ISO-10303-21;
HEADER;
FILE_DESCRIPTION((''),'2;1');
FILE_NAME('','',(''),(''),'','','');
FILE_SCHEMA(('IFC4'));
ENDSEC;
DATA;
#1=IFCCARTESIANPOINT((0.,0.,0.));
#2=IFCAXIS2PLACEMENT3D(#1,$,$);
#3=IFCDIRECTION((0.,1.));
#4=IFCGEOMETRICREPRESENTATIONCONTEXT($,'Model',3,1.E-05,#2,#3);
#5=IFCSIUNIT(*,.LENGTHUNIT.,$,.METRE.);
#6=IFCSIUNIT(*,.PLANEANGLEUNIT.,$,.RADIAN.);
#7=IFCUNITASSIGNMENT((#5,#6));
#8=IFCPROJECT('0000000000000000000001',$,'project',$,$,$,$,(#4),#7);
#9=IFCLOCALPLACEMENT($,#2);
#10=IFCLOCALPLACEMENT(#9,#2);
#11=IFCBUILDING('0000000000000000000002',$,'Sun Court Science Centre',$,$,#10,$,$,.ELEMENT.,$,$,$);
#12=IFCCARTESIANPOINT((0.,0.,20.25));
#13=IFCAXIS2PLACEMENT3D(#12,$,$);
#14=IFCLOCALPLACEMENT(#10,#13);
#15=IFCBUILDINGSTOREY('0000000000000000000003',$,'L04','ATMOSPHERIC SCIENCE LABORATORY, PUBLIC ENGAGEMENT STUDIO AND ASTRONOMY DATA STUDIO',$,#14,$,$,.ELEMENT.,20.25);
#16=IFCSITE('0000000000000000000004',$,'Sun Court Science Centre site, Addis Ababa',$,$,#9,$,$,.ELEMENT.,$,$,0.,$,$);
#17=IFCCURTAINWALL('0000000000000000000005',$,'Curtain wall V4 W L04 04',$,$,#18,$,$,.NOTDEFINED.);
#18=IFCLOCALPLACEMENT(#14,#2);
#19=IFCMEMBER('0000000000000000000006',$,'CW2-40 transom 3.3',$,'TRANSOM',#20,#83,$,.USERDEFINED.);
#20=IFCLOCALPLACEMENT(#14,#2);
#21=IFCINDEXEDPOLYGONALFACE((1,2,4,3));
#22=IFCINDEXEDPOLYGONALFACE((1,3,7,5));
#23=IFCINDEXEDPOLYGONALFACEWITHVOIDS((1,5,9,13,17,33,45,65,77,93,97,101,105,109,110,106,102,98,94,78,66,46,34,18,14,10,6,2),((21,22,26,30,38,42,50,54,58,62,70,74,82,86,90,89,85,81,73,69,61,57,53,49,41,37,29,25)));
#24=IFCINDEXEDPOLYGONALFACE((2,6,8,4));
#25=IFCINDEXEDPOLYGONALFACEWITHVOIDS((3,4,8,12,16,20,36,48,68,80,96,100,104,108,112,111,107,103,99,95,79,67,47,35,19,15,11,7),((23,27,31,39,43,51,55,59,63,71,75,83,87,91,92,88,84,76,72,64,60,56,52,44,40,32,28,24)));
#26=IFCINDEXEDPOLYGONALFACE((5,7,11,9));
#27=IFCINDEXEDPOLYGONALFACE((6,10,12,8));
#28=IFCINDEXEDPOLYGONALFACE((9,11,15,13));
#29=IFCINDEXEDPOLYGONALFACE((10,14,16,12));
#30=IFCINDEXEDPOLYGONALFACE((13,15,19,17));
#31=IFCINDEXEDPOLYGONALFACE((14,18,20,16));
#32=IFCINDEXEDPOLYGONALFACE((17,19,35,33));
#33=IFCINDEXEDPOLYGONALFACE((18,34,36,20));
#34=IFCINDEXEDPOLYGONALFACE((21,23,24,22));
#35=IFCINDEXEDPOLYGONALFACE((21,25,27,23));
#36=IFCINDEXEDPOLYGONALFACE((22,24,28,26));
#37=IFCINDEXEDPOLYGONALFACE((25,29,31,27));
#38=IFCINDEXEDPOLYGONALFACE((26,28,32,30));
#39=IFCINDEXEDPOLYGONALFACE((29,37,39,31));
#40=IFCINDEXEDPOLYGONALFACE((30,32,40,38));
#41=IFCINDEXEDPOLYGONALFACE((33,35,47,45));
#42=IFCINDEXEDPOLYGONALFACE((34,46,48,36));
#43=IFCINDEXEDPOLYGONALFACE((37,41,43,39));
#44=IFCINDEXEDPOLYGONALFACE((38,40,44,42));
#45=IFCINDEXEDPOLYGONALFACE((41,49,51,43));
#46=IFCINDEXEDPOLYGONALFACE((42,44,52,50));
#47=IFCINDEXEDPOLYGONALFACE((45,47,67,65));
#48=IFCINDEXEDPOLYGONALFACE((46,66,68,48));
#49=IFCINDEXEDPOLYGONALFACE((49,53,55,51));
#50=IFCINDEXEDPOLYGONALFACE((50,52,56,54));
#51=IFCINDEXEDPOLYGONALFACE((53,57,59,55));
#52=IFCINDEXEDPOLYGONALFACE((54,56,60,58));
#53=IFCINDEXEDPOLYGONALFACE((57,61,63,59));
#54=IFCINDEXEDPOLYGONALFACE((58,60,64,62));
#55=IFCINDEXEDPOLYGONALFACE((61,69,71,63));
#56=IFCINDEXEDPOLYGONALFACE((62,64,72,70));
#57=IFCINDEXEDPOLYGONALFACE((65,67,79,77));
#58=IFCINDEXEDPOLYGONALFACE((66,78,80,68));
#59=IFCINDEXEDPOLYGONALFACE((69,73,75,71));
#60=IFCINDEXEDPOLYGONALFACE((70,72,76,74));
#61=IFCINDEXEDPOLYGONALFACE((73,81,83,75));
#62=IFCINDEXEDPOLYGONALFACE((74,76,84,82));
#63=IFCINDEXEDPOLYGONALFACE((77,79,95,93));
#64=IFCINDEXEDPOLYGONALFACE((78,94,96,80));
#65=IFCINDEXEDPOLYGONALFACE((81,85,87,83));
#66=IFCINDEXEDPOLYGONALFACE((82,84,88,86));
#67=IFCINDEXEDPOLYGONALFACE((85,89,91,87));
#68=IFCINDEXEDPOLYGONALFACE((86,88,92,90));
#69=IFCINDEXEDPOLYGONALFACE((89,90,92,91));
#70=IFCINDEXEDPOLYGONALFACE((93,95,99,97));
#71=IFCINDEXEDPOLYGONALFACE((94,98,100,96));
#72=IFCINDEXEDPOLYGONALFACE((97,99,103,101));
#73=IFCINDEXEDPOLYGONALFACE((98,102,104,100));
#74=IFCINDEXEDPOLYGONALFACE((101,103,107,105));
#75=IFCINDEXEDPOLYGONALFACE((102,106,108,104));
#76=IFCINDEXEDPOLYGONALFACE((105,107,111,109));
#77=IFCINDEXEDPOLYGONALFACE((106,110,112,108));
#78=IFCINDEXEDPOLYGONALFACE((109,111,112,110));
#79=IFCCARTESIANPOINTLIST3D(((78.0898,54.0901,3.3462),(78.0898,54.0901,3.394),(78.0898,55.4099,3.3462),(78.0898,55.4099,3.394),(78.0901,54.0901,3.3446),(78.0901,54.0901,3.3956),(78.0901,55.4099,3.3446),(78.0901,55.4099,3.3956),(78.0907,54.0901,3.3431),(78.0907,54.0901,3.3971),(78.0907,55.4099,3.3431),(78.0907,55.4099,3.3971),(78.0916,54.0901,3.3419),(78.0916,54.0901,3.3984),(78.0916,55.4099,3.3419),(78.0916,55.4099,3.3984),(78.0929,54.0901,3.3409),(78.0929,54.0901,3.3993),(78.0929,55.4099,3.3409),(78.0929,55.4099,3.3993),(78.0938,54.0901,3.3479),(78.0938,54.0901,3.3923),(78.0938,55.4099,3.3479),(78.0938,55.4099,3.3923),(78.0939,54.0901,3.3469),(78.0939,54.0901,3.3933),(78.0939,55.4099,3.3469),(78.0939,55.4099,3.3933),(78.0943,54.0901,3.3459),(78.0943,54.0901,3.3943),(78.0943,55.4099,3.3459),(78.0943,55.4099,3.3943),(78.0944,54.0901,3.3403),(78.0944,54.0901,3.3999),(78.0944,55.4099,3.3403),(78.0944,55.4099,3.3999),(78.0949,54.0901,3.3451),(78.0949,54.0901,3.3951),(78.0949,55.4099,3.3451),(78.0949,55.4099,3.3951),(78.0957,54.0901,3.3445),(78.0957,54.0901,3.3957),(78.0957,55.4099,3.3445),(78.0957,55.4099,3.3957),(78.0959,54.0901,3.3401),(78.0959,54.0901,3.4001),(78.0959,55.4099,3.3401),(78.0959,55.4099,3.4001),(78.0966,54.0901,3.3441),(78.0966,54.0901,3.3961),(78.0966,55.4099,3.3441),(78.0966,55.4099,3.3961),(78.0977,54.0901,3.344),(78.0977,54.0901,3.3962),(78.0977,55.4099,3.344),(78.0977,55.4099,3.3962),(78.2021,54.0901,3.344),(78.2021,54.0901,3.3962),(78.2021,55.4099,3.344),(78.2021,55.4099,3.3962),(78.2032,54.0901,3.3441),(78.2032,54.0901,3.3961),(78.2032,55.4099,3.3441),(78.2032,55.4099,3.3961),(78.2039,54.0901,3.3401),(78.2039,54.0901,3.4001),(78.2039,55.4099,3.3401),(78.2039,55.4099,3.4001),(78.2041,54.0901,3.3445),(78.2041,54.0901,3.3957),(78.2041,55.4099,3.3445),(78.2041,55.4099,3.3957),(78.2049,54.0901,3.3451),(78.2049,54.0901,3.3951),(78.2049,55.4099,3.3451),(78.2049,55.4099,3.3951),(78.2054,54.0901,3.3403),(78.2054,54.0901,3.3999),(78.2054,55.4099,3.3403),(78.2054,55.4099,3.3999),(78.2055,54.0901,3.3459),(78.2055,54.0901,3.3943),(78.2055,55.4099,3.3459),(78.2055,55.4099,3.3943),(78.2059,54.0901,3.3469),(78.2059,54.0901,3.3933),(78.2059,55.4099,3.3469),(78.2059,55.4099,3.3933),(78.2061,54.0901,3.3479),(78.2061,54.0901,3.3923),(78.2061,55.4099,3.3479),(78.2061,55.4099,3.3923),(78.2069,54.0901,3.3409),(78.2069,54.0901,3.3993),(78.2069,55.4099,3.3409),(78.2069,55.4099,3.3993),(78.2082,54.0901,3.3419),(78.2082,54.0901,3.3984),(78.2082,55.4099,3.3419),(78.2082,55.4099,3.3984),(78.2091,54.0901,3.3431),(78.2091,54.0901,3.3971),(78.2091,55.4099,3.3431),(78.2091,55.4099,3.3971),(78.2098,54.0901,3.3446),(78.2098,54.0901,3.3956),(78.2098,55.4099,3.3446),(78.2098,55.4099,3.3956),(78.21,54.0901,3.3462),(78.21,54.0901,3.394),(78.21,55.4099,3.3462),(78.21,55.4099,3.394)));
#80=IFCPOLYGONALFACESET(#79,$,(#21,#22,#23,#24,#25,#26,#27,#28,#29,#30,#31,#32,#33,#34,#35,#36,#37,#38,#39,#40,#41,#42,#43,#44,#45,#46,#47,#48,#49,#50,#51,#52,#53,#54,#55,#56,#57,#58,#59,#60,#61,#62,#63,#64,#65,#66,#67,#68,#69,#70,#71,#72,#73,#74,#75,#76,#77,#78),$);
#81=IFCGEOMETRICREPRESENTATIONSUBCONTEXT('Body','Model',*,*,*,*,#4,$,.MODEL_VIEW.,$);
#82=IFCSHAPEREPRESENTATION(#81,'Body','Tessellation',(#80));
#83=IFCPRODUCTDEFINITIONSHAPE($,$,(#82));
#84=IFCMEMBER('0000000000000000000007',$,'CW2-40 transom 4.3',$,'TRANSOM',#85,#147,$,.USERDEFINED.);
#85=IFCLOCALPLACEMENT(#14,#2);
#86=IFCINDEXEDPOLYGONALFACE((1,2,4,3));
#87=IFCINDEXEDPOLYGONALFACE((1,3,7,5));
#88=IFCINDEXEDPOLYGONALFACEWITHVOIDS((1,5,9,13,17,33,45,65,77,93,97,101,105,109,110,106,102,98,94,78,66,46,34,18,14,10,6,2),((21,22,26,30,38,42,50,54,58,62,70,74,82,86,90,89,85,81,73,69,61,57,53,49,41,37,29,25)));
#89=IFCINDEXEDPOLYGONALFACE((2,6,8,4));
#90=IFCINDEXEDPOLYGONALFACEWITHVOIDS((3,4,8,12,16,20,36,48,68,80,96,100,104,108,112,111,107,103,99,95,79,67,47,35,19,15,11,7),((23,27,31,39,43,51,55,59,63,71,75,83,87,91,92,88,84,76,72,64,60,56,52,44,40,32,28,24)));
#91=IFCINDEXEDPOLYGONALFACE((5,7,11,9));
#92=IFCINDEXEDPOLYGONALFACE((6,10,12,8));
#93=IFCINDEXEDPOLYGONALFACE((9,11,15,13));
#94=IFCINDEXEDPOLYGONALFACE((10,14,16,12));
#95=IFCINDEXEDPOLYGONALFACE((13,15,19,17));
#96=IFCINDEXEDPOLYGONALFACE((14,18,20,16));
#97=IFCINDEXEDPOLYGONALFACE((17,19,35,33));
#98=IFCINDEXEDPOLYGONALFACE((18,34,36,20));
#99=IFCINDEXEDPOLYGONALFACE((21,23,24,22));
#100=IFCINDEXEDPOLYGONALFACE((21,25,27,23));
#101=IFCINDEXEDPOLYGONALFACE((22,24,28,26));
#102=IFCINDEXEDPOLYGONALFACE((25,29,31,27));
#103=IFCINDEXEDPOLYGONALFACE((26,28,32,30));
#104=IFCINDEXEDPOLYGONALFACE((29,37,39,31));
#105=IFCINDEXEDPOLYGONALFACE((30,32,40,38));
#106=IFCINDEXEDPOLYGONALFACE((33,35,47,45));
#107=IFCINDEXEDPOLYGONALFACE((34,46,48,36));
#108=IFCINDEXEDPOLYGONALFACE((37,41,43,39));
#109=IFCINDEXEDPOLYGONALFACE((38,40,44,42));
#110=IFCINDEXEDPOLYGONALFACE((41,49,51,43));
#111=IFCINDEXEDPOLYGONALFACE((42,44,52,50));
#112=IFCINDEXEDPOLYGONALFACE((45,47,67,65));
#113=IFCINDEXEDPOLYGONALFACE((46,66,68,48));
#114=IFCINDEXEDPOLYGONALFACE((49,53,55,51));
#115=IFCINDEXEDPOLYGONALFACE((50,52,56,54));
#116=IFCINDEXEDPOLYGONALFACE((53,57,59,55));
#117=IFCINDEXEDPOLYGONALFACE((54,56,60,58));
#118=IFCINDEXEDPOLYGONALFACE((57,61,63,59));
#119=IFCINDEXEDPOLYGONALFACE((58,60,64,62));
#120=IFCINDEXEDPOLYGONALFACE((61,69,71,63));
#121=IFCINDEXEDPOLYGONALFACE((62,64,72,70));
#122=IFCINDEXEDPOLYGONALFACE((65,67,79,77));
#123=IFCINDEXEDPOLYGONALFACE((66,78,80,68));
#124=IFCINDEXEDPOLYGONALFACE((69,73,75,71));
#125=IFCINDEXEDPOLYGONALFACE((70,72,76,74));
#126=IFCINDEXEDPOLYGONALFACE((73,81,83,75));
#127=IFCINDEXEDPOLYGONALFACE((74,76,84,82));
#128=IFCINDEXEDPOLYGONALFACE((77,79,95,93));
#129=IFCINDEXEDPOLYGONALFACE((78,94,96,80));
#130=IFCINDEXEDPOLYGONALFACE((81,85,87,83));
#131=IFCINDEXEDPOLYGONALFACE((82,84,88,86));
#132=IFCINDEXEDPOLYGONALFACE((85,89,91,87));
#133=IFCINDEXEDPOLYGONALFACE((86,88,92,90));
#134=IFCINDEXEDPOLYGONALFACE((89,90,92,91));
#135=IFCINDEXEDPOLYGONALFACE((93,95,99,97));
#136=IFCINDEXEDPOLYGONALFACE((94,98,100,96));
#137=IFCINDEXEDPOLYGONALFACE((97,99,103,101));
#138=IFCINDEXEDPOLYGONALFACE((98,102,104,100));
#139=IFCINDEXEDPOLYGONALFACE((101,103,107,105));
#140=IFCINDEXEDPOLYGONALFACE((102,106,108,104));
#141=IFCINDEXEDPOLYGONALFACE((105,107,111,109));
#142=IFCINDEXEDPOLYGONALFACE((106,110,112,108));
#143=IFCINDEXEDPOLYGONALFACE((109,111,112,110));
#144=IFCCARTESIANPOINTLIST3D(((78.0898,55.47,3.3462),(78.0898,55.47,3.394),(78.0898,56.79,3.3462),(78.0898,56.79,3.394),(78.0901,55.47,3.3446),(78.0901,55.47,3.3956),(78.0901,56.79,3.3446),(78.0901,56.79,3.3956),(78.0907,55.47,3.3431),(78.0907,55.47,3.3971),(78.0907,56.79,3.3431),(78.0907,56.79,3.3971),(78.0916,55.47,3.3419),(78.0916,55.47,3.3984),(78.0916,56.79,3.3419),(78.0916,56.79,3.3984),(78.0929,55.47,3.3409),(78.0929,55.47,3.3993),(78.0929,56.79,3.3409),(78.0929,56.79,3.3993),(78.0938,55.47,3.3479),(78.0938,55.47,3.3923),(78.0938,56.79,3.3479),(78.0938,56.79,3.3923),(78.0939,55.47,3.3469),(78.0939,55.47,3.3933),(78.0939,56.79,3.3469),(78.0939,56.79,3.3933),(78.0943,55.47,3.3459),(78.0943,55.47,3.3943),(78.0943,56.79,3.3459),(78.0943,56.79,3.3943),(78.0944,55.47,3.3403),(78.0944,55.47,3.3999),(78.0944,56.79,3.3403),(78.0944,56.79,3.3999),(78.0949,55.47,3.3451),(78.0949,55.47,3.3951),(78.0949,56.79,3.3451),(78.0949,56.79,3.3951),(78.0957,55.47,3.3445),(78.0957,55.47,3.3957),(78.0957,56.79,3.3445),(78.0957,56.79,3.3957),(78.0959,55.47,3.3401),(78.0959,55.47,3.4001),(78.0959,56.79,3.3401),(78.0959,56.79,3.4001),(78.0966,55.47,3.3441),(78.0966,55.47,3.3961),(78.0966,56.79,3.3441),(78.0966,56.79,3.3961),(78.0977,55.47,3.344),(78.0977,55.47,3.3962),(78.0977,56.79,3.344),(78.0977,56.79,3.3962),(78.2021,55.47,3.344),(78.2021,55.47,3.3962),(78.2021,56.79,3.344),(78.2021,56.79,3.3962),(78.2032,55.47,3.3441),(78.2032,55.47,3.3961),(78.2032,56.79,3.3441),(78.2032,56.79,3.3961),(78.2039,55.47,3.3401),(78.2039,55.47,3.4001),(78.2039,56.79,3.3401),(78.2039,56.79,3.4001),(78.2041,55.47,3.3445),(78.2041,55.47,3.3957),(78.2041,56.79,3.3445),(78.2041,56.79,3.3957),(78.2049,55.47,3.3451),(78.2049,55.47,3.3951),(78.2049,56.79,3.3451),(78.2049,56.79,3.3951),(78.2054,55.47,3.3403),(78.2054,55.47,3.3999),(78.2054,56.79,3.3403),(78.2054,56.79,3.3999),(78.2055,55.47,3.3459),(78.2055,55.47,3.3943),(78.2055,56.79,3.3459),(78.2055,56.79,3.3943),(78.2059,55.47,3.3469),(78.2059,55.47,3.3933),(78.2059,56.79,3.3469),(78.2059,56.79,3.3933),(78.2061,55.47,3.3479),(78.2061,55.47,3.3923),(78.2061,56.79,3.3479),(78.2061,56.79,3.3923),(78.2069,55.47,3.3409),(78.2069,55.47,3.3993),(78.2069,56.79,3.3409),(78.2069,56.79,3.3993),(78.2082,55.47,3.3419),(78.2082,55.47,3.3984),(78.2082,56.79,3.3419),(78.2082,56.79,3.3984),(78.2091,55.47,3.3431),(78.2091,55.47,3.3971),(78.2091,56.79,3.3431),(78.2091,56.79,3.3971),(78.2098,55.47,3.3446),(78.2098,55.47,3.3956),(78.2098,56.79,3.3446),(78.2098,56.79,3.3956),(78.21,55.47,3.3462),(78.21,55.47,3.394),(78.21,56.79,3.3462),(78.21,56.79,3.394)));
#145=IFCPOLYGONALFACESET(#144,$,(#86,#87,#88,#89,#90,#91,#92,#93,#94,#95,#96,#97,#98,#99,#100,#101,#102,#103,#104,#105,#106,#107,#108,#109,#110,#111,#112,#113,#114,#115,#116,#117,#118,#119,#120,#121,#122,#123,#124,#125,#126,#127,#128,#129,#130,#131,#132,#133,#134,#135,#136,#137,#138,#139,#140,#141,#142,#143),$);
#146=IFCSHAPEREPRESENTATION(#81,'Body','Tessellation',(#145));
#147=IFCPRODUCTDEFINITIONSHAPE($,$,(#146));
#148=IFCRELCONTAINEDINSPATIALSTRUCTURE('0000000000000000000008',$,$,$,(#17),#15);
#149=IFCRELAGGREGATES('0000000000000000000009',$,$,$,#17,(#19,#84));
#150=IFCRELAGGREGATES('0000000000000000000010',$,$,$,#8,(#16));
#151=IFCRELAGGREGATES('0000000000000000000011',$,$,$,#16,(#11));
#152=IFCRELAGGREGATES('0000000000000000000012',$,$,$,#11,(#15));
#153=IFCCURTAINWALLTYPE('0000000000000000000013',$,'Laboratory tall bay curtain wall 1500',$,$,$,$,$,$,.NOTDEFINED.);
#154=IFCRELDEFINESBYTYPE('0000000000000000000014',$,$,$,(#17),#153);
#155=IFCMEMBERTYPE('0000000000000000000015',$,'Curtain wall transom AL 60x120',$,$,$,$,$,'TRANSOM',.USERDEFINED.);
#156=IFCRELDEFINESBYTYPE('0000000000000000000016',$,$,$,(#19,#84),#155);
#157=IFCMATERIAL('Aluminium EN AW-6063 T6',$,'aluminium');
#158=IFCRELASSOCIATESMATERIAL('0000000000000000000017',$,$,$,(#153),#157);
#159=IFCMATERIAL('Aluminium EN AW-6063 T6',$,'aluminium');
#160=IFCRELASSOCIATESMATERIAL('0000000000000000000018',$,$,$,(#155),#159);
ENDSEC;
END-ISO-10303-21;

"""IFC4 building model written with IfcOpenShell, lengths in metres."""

from ifc_helpers import new_model, si_unit, direction, frame, origin, origin_2d, place, context, subcontext, project, spatial, hollow_rectangle, extrude, material, material_profile, profile_set, type_object, element, aggregate, save


model = new_model("IFC4")

# Units and contexts
model_context = context("Model", 3, precision=1e-05, world=origin(), true_north=direction((0.0, 1.0)))
body_context = subcontext(model_context, "Body", "Model", "MODEL_VIEW")
ifc_project = project(units=[si_unit("LENGTHUNIT", "METRE"), si_unit("PLANEANGLEUNIT", "RADIAN")], contexts=[model_context])

# Site, building, storey
site_placement = place(None, origin())
site = spatial("IfcSite", under=ifc_project, at=site_placement, Name="Sun Court Science Centre site, Addis Ababa", CompositionType="ELEMENT", RefElevation=0.0)
building_placement = place(site_placement, origin())
building = spatial("IfcBuilding", under=site, at=building_placement, Name="Sun Court Science Centre", CompositionType="ELEMENT")
storey_placement = place(building_placement, frame((0.0, 0.0, 20.25)))
storey = spatial("IfcBuildingStorey", under=building, at=storey_placement, Name="L04", Description="ATMOSPHERIC SCIENCE LABORATORY, PUBLIC ENGAGEMENT STUDIO AND ASTRONOMY DATA STUDIO", CompositionType="ELEMENT", Elevation=20.25)

# Curtain wall
ifc_material_1 = material(Name="Aluminium EN AW-6063 T6", Category="aluminium")
curtain_wall_type = type_object("IfcCurtainWallType", Name="Laboratory tall bay curtain wall 1500", PredefinedType="NOTDEFINED", material=ifc_material_1)
curtain_wall_1_placement = place(storey_placement, origin())
curtain_wall_1 = element("IfcCurtainWall", 1, at=curtain_wall_1_placement, inside=storey, type_object=curtain_wall_type, Name="Curtain wall V4 W L04 04", PredefinedType="NOTDEFINED")

# Members
ifc_material_2 = material(Name="Aluminium EN AW-6063 T6", Category="aluminium")
ifc_material_profile_1 = material_profile(ifc_material_2, hollow_rectangle(XDim=0.0601, YDim=0.1201, WallThickness=0.0039, InnerFilletRadius=0.0039, OuterFilletRadius=0.0061, at=origin_2d()), Name="AL 60x120x4")
ifc_profile_set_1 = profile_set([ifc_material_profile_1], Name="Aluminium EN AW-6063 T6")
member_type_1 = type_object("IfcMemberType", Name="Curtain wall transom AL 60x120", ElementType="TRANSOM", PredefinedType="USERDEFINED", material=ifc_profile_set_1)
member_1_placement = place(storey_placement, frame((78.1499, 54.0901, 3.3701), z_axis=(0.0, 1.0, 0.0), x_axis=(0.0, 0.0, 1.0)))
member_1 = element("IfcMember", 2, at=member_1_placement, type_object=member_type_1, Name="CW2-40 transom 3.3", ObjectType="TRANSOM", PredefinedType="USERDEFINED", context=body_context, shape_type="SweptSolid", body=[
    extrude(hollow_rectangle(XDim=0.0601, YDim=0.1201, WallThickness=0.0039, InnerFilletRadius=0.0039, OuterFilletRadius=0.0061, at=origin_2d()), origin(), (0.0, 0.0, 1.0), 1.3198),
])
member_2_placement = place(storey_placement, frame((78.1499, 55.47, 3.3701), z_axis=(0.0, 1.0, 0.0), x_axis=(0.0, 0.0, 1.0)))
member_2 = element("IfcMember", 3, at=member_2_placement, type_object=member_type_1, Name="CW2-40 transom 4.3", ObjectType="TRANSOM", PredefinedType="USERDEFINED", context=body_context, shape_type="SweptSolid", body=[
    extrude(hollow_rectangle(XDim=0.0601, YDim=0.1201, WallThickness=0.0039, InnerFilletRadius=0.0039, OuterFilletRadius=0.0061, at=origin_2d()), origin(), (0.0, 0.0, 1.0), 1.3201),
])

aggregate(curtain_wall_1, [member_1, member_2])

save(model, "model.ifc")
